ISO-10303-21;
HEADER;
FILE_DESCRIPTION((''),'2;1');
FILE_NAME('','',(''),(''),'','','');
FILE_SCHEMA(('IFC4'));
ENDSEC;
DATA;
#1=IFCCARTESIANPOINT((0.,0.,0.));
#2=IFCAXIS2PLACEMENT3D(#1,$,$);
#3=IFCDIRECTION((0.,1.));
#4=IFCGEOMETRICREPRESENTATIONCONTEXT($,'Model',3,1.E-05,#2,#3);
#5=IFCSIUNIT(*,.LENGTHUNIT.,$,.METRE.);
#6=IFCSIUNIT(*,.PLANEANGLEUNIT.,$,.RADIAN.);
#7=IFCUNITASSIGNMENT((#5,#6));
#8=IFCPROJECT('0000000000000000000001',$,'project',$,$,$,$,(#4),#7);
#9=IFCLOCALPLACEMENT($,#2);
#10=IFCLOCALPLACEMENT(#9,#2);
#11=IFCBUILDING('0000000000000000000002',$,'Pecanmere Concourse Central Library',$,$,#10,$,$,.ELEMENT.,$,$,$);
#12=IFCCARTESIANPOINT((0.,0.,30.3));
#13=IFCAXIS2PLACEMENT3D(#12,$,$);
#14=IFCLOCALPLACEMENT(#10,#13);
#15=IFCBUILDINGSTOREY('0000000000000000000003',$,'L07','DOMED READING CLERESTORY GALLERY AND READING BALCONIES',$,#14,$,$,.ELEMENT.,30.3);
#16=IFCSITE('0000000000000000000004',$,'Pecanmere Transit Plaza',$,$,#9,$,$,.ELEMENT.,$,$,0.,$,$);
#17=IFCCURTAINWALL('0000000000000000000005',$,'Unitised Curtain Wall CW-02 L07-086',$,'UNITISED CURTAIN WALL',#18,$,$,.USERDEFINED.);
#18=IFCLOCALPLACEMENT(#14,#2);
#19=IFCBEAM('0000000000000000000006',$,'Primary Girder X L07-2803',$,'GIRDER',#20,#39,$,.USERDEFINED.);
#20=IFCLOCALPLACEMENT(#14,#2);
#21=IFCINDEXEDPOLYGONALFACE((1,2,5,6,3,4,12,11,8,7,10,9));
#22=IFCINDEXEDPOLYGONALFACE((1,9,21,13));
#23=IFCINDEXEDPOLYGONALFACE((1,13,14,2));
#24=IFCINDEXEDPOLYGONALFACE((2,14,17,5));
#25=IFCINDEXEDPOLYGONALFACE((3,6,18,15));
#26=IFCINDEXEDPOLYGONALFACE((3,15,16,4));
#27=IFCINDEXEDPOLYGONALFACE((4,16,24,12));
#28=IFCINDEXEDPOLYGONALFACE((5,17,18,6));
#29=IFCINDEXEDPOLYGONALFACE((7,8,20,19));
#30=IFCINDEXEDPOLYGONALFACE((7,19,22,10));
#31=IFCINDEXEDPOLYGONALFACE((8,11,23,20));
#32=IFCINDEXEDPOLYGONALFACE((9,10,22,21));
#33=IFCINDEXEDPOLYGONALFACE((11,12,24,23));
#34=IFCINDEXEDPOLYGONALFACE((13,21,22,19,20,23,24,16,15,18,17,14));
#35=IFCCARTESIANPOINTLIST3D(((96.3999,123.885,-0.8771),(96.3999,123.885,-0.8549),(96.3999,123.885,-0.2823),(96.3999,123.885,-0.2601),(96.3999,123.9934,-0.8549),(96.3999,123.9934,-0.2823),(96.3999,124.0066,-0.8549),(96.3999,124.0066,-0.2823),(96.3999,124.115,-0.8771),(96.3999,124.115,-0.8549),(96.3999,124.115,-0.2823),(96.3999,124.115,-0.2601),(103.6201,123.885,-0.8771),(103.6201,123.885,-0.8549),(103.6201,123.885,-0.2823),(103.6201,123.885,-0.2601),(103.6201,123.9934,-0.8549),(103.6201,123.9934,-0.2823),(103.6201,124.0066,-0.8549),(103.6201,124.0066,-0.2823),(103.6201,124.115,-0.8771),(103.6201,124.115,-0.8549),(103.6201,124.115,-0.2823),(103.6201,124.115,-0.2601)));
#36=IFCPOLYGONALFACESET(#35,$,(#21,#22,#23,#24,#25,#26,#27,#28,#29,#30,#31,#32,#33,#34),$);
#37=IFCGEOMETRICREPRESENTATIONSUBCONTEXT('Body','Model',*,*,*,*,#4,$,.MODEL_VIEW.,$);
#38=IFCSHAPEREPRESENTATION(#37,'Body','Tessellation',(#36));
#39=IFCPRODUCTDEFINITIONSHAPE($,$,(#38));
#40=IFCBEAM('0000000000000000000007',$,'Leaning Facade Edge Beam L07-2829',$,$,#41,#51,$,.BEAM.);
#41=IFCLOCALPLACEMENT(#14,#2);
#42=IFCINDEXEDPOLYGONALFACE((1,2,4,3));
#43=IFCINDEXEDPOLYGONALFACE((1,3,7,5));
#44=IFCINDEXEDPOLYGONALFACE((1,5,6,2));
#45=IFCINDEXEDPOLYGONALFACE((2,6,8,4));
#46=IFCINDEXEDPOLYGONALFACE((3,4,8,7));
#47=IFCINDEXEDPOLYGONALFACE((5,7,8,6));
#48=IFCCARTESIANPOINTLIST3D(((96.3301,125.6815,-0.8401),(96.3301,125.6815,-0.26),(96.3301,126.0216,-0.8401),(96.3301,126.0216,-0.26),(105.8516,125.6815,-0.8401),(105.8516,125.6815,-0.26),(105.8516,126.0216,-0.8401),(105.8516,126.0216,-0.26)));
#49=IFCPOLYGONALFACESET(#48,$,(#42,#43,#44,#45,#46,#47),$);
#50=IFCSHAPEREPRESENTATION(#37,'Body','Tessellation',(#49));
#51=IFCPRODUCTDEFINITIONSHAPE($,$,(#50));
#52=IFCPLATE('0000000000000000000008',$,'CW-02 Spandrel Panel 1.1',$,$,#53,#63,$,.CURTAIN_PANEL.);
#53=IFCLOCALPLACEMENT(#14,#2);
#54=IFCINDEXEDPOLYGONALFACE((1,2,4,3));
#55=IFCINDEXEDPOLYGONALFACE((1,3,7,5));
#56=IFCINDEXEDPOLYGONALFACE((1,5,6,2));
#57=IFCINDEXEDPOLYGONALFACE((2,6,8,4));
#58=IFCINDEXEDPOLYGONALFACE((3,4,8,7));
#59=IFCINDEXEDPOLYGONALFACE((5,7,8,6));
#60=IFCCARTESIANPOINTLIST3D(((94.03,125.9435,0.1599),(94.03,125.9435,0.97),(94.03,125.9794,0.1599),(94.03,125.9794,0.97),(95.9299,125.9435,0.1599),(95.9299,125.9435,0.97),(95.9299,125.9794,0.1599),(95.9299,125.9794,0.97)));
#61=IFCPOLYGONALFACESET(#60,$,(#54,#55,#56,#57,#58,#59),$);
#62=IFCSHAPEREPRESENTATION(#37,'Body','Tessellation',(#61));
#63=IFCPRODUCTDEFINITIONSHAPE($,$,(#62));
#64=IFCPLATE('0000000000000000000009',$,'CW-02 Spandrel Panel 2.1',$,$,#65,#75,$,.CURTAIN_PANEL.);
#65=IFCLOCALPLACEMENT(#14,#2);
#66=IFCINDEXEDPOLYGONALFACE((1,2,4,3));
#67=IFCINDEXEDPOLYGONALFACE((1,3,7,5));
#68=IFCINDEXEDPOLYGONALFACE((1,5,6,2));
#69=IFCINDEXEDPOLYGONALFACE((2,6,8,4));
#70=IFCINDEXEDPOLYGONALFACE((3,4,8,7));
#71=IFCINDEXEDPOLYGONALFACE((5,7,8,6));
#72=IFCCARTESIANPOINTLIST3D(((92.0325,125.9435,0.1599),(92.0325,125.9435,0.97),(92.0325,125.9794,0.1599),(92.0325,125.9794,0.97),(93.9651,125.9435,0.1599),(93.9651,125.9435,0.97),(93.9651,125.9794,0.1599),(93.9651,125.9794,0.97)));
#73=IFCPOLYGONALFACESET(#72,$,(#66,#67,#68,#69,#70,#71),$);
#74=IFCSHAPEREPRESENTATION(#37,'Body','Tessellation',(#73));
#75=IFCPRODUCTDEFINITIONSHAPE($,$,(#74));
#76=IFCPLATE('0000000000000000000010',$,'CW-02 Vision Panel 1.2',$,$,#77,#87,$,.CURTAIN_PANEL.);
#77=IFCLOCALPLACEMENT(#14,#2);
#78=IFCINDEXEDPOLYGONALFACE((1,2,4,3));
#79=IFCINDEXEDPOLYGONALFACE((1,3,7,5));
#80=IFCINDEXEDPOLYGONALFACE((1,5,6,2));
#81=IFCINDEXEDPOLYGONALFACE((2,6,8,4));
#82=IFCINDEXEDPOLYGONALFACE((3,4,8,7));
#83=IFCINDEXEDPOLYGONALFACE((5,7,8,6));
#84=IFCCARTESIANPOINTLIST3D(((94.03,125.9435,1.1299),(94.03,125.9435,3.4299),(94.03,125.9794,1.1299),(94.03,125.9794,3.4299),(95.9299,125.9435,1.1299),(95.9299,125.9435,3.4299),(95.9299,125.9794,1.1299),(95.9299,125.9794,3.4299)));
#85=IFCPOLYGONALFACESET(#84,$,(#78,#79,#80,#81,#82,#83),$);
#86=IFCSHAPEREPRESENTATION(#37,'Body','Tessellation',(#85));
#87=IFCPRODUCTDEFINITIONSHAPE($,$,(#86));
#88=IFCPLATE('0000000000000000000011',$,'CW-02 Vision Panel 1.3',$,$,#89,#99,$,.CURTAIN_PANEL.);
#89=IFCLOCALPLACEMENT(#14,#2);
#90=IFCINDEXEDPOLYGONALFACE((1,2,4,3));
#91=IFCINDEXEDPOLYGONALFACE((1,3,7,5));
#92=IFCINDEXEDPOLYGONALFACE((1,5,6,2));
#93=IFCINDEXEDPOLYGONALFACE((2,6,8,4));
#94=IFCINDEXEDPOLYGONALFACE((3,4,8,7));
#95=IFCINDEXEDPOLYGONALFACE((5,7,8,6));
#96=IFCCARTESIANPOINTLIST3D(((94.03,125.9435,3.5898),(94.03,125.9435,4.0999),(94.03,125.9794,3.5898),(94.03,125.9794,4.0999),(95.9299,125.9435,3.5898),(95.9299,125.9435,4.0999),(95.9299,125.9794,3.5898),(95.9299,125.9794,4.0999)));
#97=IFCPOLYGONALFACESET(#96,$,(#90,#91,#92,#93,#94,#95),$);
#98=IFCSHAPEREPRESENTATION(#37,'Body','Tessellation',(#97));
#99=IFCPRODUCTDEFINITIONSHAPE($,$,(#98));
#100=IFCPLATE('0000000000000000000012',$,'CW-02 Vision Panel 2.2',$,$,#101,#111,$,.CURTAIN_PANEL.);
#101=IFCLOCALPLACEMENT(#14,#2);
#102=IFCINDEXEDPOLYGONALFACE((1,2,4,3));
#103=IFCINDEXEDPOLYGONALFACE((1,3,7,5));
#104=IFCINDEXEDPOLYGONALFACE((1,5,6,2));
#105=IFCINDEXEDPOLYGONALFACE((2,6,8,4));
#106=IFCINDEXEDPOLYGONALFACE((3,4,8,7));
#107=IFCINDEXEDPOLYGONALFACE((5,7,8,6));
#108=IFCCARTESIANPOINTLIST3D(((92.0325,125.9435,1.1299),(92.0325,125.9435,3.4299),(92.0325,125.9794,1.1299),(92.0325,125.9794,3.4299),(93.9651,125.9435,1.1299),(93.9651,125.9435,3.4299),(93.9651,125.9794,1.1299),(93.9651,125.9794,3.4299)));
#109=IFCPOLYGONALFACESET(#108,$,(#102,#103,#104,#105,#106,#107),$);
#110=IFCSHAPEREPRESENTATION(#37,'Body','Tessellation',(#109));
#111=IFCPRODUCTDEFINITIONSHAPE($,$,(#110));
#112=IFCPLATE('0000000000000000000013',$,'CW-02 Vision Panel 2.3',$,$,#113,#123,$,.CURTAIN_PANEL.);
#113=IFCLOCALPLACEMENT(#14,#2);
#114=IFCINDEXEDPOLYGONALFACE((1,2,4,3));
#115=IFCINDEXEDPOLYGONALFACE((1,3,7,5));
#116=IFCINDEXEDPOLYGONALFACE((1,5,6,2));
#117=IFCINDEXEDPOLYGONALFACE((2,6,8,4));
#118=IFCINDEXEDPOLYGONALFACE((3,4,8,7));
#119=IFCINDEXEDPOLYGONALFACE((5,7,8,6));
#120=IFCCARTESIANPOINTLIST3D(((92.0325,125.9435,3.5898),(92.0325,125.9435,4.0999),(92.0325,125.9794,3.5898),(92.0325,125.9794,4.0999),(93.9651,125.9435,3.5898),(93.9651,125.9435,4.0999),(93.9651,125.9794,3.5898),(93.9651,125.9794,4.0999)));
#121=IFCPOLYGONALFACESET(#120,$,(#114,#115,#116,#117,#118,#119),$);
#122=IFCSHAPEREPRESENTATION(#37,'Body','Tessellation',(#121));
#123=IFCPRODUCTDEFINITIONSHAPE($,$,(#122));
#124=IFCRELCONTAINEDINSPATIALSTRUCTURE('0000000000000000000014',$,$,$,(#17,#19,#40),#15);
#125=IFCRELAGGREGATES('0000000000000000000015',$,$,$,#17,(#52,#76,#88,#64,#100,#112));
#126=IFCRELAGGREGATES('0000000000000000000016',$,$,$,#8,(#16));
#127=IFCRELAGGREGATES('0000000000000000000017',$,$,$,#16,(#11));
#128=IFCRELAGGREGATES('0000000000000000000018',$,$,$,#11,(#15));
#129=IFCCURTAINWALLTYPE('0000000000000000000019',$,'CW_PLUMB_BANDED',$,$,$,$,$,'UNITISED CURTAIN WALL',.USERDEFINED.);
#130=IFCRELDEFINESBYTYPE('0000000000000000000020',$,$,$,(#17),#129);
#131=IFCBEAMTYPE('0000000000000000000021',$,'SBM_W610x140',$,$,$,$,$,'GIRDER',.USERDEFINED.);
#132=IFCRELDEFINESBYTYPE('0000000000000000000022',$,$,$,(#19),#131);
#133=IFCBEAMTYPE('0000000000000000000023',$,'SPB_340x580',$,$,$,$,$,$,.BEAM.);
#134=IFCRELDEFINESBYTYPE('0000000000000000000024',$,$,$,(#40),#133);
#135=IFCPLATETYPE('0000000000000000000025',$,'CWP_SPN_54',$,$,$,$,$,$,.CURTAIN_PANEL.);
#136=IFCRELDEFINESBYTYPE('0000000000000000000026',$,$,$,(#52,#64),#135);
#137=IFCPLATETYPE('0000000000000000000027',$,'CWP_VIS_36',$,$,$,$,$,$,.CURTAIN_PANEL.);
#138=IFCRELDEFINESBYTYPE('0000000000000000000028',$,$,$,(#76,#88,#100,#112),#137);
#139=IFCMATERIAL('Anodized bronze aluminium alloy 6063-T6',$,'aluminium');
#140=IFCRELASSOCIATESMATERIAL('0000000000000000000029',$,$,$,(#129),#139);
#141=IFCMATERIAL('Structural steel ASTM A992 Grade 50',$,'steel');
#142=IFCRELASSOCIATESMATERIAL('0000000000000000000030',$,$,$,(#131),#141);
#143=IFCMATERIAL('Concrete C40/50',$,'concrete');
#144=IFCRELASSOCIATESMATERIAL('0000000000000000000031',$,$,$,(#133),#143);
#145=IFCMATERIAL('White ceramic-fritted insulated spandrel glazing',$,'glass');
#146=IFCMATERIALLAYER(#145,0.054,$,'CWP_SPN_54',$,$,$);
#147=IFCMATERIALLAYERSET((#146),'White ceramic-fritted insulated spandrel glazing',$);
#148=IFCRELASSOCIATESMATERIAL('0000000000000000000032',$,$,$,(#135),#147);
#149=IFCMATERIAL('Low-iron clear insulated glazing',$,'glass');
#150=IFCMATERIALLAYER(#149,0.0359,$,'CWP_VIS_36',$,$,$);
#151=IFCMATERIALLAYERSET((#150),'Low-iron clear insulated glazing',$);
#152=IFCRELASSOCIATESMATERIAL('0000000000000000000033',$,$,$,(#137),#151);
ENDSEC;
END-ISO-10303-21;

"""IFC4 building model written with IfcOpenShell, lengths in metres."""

from ifc_helpers import new_model, si_unit, direction, frame, origin, origin_2d, place, context, subcontext, project, spatial, rectangle, i_section, extrude, material, layer, layer_set, material_profile, profile_set, type_object, element, aggregate, save


model = new_model("IFC4")

# Units and contexts
model_context = context("Model", 3, precision=1e-05, world=origin(), true_north=direction((0.0, 1.0)))
body_context = subcontext(model_context, "Body", "Model", "MODEL_VIEW")
ifc_project = project(units=[si_unit("LENGTHUNIT", "METRE"), si_unit("PLANEANGLEUNIT", "RADIAN")], contexts=[model_context])

# Site, building, storey
site_placement = place(None, origin())
site = spatial("IfcSite", under=ifc_project, at=site_placement, Name="Pecanmere Transit Plaza", CompositionType="ELEMENT", RefElevation=0.0)
building_placement = place(site_placement, origin())
building = spatial("IfcBuilding", under=site, at=building_placement, Name="Pecanmere Concourse Central Library", CompositionType="ELEMENT")
storey_placement = place(building_placement, frame((0.0, 0.0, 30.3)))
storey = spatial("IfcBuildingStorey", under=building, at=storey_placement, Name="L07", Description="DOMED READING CLERESTORY GALLERY AND READING BALCONIES", CompositionType="ELEMENT", Elevation=30.3)

# Shared definitions
ifc_material_1 = material(Name="Anodized bronze aluminium alloy 6063-T6", Category="aluminium")
curtain_wall_type = type_object("IfcCurtainWallType", Name="CW_PLUMB_BANDED", ElementType="UNITISED CURTAIN WALL", PredefinedType="USERDEFINED", material=ifc_material_1)

# Curtain wall
curtain_wall_1_placement = place(storey_placement, origin())
curtain_wall_1 = element("IfcCurtainWall", 1, at=curtain_wall_1_placement, inside=storey, type_object=curtain_wall_type, Name="Unitised Curtain Wall CW-02 L07-086", ObjectType="UNITISED CURTAIN WALL", PredefinedType="USERDEFINED")

# Beams
ifc_material_2 = material(Name="Structural steel ASTM A992 Grade 50", Category="steel")
ifc_material_profile_1 = material_profile(ifc_material_2, i_section(OverallWidth=0.23, OverallDepth=0.6169, WebThickness=0.0132, FlangeThickness=0.0222, at=origin_2d()), Name="W610x140")
ifc_profile_set_1 = profile_set([ifc_material_profile_1], Name="Structural steel ASTM A992 Grade 50")
beam_type_1 = type_object("IfcBeamType", Name="SBM_W610x140", ElementType="GIRDER", PredefinedType="USERDEFINED", material=ifc_profile_set_1)
beam_1_placement = place(storey_placement, frame((96.3999, 124.0, -0.5686), z_axis=(1.0, 0.0, 0.0), x_axis=(0.0, 1.0, 0.0)))
element("IfcBeam", 2, at=beam_1_placement, inside=storey, type_object=beam_type_1, Name="Primary Girder X L07-2803", ObjectType="GIRDER", PredefinedType="USERDEFINED", context=body_context, shape_type="SweptSolid", body=[
    extrude(i_section(OverallWidth=0.23, OverallDepth=0.6169, WebThickness=0.0132, FlangeThickness=0.0222, at=origin_2d()), origin(), (0.0, 0.0, 1.0), 7.2202),
])
ifc_material_3 = material(Name="Concrete C40/50", Category="concrete")
ifc_material_profile_2 = material_profile(ifc_material_3, rectangle(XDim=0.3401, YDim=0.5801, at=origin_2d()), Name="RC 340x580")
ifc_profile_set_2 = profile_set([ifc_material_profile_2], Name="Concrete C40/50")
beam_type_2 = type_object("IfcBeamType", Name="SPB_340x580", PredefinedType="BEAM", material=ifc_profile_set_2)
beam_2_placement = place(storey_placement, frame((96.3301, 125.8516, -0.55), z_axis=(1.0, 0.0, 0.0), x_axis=(0.0, 1.0, 0.0)))
element("IfcBeam", 3, at=beam_2_placement, inside=storey, type_object=beam_type_2, Name="Leaning Facade Edge Beam L07-2829", PredefinedType="BEAM", context=body_context, shape_type="SweptSolid", body=[
    extrude(rectangle(XDim=0.3401, YDim=0.5801, at=origin_2d()), origin(), (0.0, 0.0, 1.0), 9.5215),
])

# Plates
ifc_material_4 = material(Name="White ceramic-fritted insulated spandrel glazing", Category="glass")
ifc_layer_1 = layer(ifc_material_4, 0.054, Name="CWP_SPN_54")
ifc_layer_set_1 = layer_set([ifc_layer_1], Name="White ceramic-fritted insulated spandrel glazing")
plate_type_1 = type_object("IfcPlateType", Name="CWP_SPN_54", PredefinedType="CURTAIN_PANEL", material=ifc_layer_set_1)
plate_1_placement = place(storey_placement, frame((94.98, 125.9614, 0.1599), z_axis=(0.0, 0.0, 1.0), x_axis=(-1.0, 0.0, 0.0)))
plate_1 = element("IfcPlate", 4, at=plate_1_placement, type_object=plate_type_1, Name="CW-02 Spandrel Panel 1.1", PredefinedType="CURTAIN_PANEL", context=body_context, shape_type="SweptSolid", body=[
    extrude(rectangle(XDim=1.8999, YDim=0.0359, at=origin_2d()), origin(), (0.0, 0.0, 1.0), 0.8101),
])
plate_2_placement = place(storey_placement, frame((92.9988, 125.9614, 0.1599), z_axis=(0.0, 0.0, 1.0), x_axis=(-1.0, 0.0, 0.0)))
plate_2 = element("IfcPlate", 5, at=plate_2_placement, type_object=plate_type_1, Name="CW-02 Spandrel Panel 2.1", PredefinedType="CURTAIN_PANEL", context=body_context, shape_type="SweptSolid", body=[
    extrude(rectangle(XDim=1.9326, YDim=0.0359, at=origin_2d()), origin(), (0.0, 0.0, 1.0), 0.8101),
])
ifc_material_5 = material(Name="Low-iron clear insulated glazing", Category="glass")
ifc_layer_2 = layer(ifc_material_5, 0.0359, Name="CWP_VIS_36")
ifc_layer_set_2 = layer_set([ifc_layer_2], Name="Low-iron clear insulated glazing")
plate_type_2 = type_object("IfcPlateType", Name="CWP_VIS_36", PredefinedType="CURTAIN_PANEL", material=ifc_layer_set_2)
plate_3_placement = place(storey_placement, frame((94.98, 125.9614, 1.1299), z_axis=(0.0, 0.0, 1.0), x_axis=(-1.0, 0.0, 0.0)))
plate_3 = element("IfcPlate", 6, at=plate_3_placement, type_object=plate_type_2, Name="CW-02 Vision Panel 1.2", PredefinedType="CURTAIN_PANEL", context=body_context, shape_type="SweptSolid", body=[
    extrude(rectangle(XDim=1.8999, YDim=0.0359, at=origin_2d()), origin(), (0.0, 0.0, 1.0), 2.3),
])
plate_4_placement = place(storey_placement, frame((94.98, 125.9614, 3.5898), z_axis=(0.0, 0.0, 1.0), x_axis=(-1.0, 0.0, 0.0)))
plate_4 = element("IfcPlate", 7, at=plate_4_placement, type_object=plate_type_2, Name="CW-02 Vision Panel 1.3", PredefinedType="CURTAIN_PANEL", context=body_context, shape_type="SweptSolid", body=[
    extrude(rectangle(XDim=1.8999, YDim=0.0359, at=origin_2d()), origin(), (0.0, 0.0, 1.0), 0.51),
])
plate_5_placement = place(storey_placement, frame((92.9988, 125.9614, 1.1299), z_axis=(0.0, 0.0, 1.0), x_axis=(-1.0, 0.0, 0.0)))
plate_5 = element("IfcPlate", 8, at=plate_5_placement, type_object=plate_type_2, Name="CW-02 Vision Panel 2.2", PredefinedType="CURTAIN_PANEL", context=body_context, shape_type="SweptSolid", body=[
    extrude(rectangle(XDim=1.9326, YDim=0.0359, at=origin_2d()), origin(), (0.0, 0.0, 1.0), 2.3),
])
plate_6_placement = place(storey_placement, frame((92.9988, 125.9614, 3.5898), z_axis=(0.0, 0.0, 1.0), x_axis=(-1.0, 0.0, 0.0)))
plate_6 = element("IfcPlate", 9, at=plate_6_placement, type_object=plate_type_2, Name="CW-02 Vision Panel 2.3", PredefinedType="CURTAIN_PANEL", context=body_context, shape_type="SweptSolid", body=[
    extrude(rectangle(XDim=1.9326, YDim=0.0359, at=origin_2d()), origin(), (0.0, 0.0, 1.0), 0.51),
])
aggregate(curtain_wall_1, [plate_1, plate_3, plate_4, plate_2, plate_5, plate_6])

save(model, "model.ifc")
